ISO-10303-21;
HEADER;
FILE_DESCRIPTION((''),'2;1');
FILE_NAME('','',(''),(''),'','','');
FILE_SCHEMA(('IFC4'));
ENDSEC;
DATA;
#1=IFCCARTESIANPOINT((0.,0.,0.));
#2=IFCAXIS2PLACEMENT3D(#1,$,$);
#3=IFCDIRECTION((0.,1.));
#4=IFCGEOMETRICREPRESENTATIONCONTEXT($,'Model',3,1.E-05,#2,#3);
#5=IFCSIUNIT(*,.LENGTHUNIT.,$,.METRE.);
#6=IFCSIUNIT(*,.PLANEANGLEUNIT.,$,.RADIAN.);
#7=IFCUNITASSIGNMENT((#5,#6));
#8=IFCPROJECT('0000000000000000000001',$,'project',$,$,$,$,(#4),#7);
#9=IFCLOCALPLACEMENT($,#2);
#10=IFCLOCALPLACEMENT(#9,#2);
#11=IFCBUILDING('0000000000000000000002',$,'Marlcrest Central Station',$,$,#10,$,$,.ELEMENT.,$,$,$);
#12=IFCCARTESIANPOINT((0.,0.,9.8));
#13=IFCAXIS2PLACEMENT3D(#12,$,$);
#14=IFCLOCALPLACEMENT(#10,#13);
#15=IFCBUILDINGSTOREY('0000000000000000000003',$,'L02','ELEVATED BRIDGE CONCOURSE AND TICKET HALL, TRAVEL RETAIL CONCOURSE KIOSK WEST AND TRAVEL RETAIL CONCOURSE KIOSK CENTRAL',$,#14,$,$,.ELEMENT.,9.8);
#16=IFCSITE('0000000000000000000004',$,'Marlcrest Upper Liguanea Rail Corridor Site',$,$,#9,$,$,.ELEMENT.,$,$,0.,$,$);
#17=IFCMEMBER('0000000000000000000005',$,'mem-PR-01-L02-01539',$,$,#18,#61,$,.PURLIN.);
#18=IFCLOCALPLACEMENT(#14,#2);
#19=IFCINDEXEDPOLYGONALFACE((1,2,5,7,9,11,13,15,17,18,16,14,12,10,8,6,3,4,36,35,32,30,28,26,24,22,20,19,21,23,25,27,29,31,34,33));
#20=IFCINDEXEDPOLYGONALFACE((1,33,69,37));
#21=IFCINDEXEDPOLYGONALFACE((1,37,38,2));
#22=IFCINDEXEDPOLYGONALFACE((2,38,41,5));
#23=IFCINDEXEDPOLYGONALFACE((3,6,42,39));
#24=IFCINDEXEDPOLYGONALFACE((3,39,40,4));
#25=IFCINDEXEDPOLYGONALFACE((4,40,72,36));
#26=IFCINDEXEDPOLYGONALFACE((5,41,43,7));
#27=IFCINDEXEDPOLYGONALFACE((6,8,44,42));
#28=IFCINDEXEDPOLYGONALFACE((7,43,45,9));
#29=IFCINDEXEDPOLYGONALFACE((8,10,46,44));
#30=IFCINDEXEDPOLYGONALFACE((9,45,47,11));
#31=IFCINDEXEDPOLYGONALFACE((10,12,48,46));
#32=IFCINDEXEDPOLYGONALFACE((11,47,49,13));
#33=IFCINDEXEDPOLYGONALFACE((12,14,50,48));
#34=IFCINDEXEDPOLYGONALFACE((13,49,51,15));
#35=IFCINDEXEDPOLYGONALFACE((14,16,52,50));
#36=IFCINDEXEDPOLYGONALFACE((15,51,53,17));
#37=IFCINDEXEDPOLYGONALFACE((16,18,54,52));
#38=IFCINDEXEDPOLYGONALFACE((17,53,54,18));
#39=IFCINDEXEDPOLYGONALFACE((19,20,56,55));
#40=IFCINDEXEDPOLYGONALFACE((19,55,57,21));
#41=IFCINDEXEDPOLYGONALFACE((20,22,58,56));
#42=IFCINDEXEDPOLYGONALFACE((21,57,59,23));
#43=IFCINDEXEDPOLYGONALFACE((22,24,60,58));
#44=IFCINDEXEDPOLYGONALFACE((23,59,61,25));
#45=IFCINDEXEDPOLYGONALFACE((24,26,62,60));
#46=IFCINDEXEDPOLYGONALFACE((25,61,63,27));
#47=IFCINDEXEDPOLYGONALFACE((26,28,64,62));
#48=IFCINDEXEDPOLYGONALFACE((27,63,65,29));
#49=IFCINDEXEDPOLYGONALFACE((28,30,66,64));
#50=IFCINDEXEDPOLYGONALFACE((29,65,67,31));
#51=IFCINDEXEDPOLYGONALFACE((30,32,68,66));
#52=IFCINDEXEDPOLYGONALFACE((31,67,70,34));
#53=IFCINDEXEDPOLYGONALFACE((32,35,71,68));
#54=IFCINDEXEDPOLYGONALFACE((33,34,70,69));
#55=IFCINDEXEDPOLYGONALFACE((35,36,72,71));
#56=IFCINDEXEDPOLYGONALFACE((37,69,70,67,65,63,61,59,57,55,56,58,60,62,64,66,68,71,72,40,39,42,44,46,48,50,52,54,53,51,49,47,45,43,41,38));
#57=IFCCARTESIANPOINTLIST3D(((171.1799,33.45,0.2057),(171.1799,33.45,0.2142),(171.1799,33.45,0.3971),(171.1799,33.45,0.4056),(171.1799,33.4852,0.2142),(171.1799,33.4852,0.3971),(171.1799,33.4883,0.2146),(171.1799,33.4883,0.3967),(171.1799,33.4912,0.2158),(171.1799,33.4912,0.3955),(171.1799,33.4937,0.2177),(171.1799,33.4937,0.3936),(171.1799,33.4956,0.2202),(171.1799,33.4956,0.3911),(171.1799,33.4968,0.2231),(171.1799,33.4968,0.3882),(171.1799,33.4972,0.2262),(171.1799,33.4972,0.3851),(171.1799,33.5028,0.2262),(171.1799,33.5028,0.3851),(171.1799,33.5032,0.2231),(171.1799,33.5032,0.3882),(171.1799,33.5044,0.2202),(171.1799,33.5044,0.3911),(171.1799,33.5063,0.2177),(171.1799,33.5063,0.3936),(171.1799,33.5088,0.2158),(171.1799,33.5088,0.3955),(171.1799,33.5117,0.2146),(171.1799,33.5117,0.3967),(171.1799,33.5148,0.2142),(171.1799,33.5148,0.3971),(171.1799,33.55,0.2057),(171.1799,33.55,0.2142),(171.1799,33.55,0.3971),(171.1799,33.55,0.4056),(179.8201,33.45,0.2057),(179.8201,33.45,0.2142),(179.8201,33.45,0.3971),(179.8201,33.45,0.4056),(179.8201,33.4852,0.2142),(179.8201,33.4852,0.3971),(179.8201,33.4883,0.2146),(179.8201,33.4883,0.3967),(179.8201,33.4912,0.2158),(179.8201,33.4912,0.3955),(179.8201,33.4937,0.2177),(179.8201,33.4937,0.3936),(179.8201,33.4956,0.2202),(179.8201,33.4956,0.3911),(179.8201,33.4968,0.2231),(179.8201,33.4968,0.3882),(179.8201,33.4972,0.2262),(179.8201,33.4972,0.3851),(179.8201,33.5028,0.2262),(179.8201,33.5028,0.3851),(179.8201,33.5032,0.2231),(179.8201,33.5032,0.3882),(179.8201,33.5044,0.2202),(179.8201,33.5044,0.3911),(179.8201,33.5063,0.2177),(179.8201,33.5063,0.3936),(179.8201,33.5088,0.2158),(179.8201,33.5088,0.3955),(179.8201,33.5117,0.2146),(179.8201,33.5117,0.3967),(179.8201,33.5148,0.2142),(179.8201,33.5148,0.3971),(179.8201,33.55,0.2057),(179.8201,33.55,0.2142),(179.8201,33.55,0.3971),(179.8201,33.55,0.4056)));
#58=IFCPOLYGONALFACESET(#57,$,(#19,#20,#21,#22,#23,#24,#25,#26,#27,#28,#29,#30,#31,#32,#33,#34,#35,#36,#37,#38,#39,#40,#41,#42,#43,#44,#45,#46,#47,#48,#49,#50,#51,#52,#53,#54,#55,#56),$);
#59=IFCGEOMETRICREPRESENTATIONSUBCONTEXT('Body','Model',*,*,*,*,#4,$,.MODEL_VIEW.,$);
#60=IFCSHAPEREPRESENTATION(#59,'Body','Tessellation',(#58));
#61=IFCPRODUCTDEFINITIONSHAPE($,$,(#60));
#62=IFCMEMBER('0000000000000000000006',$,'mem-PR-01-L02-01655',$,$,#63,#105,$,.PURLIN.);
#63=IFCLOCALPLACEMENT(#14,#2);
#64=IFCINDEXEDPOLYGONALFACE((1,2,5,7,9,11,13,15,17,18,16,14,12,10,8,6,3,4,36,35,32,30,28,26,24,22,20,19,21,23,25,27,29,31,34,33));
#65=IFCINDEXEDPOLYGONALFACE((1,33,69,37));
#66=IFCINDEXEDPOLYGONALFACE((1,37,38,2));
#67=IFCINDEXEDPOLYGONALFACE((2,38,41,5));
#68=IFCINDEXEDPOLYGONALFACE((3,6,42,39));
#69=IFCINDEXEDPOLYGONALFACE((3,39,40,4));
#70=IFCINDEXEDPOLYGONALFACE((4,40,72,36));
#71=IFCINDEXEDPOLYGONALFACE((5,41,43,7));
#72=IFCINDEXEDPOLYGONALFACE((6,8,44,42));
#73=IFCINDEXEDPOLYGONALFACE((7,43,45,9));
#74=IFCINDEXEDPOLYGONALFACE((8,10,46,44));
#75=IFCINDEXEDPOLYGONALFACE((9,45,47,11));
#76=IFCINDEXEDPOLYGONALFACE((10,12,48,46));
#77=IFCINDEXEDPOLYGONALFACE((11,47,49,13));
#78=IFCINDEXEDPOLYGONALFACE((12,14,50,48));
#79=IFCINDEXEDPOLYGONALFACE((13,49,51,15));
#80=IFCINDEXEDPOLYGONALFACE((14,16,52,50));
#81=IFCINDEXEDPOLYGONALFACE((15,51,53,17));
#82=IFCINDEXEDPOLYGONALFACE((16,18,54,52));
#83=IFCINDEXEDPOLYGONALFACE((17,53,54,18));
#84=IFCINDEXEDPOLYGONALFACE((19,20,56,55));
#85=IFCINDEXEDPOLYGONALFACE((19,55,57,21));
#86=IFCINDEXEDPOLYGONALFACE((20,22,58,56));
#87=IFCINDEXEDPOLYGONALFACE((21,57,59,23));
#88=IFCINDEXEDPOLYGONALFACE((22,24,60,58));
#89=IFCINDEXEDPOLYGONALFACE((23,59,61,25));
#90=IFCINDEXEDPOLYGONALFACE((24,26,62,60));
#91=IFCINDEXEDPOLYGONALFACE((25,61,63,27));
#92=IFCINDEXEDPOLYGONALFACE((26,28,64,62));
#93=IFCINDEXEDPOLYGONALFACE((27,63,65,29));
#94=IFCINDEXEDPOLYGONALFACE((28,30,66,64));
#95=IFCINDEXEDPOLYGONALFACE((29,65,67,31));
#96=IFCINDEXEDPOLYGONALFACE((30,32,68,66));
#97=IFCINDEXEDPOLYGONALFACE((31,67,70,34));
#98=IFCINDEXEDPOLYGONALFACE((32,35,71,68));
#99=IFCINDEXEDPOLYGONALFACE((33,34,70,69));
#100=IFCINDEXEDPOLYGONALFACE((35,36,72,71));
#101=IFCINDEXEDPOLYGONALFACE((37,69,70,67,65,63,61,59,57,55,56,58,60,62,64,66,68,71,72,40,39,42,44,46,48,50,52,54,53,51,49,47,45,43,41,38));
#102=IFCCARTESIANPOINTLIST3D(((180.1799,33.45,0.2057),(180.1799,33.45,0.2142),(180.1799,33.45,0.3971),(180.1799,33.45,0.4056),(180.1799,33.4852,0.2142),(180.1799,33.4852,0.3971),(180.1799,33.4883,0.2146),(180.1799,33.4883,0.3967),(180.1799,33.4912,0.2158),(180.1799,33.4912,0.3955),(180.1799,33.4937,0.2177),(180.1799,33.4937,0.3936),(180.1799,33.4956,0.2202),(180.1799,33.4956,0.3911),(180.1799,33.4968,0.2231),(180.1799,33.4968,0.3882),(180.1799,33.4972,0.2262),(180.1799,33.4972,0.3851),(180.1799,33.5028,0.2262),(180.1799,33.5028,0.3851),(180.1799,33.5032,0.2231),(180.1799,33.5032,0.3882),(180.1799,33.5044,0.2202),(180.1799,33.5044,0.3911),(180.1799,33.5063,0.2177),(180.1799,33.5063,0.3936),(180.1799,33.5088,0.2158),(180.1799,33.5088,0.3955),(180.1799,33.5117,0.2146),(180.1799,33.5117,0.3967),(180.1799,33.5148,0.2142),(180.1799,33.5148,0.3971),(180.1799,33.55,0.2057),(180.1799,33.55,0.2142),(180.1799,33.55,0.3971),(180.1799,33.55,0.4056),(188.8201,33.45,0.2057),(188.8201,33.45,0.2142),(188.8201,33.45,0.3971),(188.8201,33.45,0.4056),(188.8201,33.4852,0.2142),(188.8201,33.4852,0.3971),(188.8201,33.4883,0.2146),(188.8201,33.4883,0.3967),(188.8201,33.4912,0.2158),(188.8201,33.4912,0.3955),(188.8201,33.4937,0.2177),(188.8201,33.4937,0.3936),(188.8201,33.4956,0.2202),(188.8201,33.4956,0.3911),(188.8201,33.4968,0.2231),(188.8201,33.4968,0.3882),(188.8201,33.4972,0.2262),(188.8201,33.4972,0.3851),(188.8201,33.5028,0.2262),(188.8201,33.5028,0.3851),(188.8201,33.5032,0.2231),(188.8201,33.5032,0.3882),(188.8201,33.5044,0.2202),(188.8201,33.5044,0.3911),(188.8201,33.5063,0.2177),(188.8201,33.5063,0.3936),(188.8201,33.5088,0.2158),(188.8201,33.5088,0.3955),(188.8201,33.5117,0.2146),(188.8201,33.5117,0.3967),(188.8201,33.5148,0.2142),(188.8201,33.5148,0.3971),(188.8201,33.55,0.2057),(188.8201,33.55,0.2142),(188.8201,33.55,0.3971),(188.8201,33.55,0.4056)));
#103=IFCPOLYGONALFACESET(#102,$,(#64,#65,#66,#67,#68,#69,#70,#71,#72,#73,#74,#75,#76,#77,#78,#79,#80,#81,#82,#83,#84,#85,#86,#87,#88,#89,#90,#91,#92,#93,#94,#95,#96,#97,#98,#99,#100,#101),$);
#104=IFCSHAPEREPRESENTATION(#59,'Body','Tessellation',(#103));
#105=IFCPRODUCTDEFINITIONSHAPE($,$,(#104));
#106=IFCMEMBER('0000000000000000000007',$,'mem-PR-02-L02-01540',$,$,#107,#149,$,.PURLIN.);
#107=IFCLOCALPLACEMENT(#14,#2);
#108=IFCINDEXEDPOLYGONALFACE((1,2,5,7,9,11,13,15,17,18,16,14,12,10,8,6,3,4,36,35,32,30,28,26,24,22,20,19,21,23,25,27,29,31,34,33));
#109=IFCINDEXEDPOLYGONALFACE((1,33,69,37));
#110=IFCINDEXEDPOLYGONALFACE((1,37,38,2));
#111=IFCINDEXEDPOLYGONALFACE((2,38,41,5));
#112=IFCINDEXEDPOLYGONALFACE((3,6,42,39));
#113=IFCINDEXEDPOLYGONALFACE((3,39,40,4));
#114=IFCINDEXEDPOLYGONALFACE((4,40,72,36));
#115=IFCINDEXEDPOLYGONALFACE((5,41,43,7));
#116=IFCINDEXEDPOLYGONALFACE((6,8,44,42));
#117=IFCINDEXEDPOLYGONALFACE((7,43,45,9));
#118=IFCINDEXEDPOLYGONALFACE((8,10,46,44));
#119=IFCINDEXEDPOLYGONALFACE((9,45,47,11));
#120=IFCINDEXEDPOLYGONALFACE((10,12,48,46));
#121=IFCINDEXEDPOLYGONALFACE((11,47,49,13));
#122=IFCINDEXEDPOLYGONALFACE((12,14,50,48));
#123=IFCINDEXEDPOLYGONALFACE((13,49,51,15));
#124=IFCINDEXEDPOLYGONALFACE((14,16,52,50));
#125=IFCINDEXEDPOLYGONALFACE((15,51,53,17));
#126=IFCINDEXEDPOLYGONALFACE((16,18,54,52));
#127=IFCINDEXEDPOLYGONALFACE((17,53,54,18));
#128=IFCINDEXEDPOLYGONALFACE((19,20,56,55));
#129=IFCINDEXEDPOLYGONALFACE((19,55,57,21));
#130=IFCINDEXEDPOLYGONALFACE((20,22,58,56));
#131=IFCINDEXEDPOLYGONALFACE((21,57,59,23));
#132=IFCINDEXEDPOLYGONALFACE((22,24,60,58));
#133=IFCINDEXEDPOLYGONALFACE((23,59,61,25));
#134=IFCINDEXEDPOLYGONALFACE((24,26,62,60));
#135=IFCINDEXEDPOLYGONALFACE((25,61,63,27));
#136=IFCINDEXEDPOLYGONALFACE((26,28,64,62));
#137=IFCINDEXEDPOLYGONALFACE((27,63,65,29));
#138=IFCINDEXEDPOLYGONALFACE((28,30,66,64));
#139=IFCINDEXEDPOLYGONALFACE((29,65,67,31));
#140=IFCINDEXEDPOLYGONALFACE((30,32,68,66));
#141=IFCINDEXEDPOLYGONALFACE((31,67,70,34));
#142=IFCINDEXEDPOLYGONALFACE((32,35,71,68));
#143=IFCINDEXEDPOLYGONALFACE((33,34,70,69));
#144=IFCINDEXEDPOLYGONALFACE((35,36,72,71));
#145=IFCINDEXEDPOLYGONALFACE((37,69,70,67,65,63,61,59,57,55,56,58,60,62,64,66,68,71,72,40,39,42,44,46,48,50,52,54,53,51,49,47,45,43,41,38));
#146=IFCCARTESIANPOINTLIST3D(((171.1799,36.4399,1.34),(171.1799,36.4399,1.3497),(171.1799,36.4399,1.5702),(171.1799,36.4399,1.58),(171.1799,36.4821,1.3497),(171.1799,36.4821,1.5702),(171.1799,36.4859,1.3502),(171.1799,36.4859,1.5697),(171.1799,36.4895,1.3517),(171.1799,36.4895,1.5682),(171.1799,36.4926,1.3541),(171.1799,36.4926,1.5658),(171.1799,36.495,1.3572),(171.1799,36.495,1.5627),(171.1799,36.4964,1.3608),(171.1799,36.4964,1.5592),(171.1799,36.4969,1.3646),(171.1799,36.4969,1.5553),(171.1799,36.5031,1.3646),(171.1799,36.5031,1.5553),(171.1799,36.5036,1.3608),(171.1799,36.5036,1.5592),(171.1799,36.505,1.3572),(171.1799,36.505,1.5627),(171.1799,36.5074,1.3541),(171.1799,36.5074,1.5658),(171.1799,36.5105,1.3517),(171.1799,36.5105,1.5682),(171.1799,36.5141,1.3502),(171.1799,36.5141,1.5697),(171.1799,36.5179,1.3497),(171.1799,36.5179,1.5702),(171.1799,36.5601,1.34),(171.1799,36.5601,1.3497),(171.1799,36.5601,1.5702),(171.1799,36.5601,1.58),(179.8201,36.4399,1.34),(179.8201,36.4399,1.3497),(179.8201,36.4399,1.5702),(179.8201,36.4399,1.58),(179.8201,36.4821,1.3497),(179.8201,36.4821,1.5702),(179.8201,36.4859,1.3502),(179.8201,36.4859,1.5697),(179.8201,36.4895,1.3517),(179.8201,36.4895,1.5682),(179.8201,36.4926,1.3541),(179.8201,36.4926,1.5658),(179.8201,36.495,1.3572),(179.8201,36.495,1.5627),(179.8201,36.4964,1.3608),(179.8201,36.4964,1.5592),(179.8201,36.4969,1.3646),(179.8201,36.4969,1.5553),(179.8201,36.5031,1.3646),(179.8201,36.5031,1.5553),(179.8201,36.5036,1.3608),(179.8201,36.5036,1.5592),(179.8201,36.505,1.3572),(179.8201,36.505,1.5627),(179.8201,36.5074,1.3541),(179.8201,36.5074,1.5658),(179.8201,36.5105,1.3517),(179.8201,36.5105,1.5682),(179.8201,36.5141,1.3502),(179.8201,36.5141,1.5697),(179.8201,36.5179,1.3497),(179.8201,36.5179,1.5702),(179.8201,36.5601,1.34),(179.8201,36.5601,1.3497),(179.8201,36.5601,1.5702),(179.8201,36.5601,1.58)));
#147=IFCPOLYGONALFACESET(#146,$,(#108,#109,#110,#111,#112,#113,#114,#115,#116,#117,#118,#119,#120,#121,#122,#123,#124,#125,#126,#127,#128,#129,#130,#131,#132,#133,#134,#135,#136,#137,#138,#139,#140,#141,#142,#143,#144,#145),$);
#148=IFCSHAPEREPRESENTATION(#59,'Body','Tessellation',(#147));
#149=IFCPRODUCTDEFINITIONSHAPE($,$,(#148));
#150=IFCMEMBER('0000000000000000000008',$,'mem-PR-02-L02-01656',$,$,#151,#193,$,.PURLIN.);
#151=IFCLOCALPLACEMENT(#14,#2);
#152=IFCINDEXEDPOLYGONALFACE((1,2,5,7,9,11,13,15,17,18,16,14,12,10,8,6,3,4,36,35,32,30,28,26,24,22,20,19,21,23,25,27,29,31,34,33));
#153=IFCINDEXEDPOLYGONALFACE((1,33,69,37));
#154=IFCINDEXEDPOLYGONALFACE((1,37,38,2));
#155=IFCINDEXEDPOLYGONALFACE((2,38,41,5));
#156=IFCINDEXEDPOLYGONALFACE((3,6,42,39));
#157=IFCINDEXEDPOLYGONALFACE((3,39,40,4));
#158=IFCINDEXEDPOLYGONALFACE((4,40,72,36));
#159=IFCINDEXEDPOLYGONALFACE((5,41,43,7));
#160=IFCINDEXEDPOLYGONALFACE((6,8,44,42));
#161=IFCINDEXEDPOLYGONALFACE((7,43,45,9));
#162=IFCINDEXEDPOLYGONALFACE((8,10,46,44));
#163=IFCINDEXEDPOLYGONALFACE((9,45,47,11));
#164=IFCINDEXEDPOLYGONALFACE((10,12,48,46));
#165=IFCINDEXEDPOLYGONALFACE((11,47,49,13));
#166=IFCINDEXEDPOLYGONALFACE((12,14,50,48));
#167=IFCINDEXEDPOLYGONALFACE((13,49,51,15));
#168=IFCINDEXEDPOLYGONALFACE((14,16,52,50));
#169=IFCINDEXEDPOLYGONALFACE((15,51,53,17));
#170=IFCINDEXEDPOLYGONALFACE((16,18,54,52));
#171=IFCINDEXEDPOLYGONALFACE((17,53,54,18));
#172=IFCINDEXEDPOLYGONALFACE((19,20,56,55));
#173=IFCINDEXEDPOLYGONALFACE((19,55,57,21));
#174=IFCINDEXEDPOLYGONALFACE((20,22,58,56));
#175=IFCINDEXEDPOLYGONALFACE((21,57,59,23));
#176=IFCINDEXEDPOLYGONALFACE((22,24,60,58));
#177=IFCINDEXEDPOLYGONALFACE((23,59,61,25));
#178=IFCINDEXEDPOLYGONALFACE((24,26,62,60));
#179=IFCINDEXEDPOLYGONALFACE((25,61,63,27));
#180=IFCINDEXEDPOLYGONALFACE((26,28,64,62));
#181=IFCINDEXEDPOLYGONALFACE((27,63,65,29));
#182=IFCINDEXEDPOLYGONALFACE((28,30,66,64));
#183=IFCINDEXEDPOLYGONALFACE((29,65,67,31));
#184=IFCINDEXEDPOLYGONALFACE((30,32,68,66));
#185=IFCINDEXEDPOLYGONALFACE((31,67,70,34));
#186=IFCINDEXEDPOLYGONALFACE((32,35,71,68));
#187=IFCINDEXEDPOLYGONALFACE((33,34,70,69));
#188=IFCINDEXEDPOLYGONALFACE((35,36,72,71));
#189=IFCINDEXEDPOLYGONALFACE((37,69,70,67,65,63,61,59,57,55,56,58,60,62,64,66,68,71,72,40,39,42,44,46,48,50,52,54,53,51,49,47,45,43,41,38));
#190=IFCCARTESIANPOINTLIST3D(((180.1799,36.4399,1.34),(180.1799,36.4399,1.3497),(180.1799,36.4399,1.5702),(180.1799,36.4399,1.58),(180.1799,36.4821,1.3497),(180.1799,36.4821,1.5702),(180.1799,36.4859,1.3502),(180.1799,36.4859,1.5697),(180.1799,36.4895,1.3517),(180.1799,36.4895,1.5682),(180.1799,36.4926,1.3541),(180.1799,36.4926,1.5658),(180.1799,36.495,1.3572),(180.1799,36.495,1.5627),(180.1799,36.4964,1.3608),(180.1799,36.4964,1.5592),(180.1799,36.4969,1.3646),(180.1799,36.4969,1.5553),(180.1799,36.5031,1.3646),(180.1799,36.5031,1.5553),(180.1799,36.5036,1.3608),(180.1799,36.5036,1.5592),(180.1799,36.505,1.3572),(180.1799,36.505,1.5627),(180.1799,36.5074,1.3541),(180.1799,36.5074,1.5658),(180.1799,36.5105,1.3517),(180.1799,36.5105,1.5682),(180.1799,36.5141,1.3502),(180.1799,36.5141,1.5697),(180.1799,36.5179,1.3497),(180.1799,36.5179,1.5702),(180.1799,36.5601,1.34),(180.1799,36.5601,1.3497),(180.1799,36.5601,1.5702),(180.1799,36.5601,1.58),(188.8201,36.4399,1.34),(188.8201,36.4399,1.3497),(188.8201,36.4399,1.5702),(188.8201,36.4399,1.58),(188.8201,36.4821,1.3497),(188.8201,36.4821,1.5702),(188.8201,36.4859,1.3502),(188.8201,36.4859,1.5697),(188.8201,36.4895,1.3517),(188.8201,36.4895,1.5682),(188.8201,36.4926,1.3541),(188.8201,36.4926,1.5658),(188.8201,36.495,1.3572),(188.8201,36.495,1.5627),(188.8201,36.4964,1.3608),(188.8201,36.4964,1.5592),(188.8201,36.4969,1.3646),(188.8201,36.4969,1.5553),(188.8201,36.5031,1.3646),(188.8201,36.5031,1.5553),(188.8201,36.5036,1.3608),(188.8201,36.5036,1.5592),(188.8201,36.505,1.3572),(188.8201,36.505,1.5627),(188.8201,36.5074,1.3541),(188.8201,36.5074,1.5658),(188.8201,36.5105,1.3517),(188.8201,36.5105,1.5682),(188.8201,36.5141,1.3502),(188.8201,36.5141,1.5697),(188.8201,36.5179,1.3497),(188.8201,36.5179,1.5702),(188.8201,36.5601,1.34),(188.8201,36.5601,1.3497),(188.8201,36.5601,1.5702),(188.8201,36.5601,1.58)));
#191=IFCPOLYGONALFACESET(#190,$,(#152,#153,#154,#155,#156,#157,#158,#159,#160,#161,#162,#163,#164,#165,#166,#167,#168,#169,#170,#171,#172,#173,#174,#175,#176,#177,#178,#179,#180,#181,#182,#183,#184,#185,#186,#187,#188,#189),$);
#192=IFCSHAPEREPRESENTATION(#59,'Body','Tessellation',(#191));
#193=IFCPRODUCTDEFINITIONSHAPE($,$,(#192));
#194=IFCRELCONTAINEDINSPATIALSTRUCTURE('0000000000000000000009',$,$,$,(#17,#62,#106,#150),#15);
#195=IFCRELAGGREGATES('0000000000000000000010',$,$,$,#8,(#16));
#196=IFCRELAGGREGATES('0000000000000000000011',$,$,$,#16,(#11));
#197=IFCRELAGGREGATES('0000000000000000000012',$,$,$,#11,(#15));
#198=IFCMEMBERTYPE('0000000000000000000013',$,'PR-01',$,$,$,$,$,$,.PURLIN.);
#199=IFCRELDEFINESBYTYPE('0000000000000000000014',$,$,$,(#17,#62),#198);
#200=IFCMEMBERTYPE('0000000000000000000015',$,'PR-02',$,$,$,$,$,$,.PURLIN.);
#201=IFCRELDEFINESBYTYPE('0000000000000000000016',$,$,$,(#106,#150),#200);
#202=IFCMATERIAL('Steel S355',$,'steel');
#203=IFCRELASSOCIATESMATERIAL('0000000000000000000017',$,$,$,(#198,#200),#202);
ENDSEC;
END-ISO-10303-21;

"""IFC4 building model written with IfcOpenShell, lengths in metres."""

from ifc_helpers import new_model, si_unit, direction, frame, origin, origin_2d, place, context, subcontext, project, spatial, i_section, extrude, material, material_profile, profile_set, type_object, element, save


model = new_model("IFC4")

# Units and contexts
model_context = context("Model", 3, precision=1e-05, world=origin(), true_north=direction((0.0, 1.0)))
body_context = subcontext(model_context, "Body", "Model", "MODEL_VIEW")
ifc_project = project(units=[si_unit("LENGTHUNIT", "METRE"), si_unit("PLANEANGLEUNIT", "RADIAN")], contexts=[model_context])

# Site, building, storey
site_placement = place(None, origin())
site = spatial("IfcSite", under=ifc_project, at=site_placement, Name="Marlcrest Upper Liguanea Rail Corridor Site", CompositionType="ELEMENT", RefElevation=0.0)
building_placement = place(site_placement, origin())
building = spatial("IfcBuilding", under=site, at=building_placement, Name="Marlcrest Central Station", CompositionType="ELEMENT")
storey_placement = place(building_placement, frame((0.0, 0.0, 9.8)))
storey = spatial("IfcBuildingStorey", under=building, at=storey_placement, Name="L02", Description="ELEVATED BRIDGE CONCOURSE AND TICKET HALL, TRAVEL RETAIL CONCOURSE KIOSK WEST AND TRAVEL RETAIL CONCOURSE KIOSK CENTRAL", CompositionType="ELEMENT", Elevation=9.8)

# Members
ifc_material_1 = material(Name="Steel S355", Category="steel")
ifc_material_profile_1 = material_profile(ifc_material_1, i_section(OverallWidth=0.1001, OverallDepth=0.2, WebThickness=0.0056, FlangeThickness=0.0085, FilletRadius=0.012, at=origin_2d()), Name="IPE 200")
ifc_profile_set_1 = profile_set([ifc_material_profile_1], Name="Steel S355")
member_type_1 = type_object("IfcMemberType", Name="PR-01", PredefinedType="PURLIN", material=ifc_profile_set_1)
for number, where, z_axis, x_axis, name in (
    (1, (171.1799, 33.5, 0.3057), (1.0, 0.0, 0.0), (0.0, 1.0, 0.0), "mem-PR-01-L02-01539"),
    (2, (180.1799, 33.5, 0.3057), (1.0, 0.0, 0.0), (0.0, 1.0, 0.0), "mem-PR-01-L02-01655"),
):
    element("IfcMember", number, at=place(storey_placement, frame(where, z_axis=z_axis, x_axis=x_axis)), inside=storey, type_object=member_type_1, Name=name, PredefinedType="PURLIN", context=body_context, shape_type="SweptSolid", body=[
        extrude(i_section(OverallWidth=0.1001, OverallDepth=0.2, WebThickness=0.0056, FlangeThickness=0.0085, FilletRadius=0.012, at=origin_2d()), origin(), (0.0, 0.0, 1.0), 8.6401),
    ])
ifc_material_profile_2 = material_profile(ifc_material_1, i_section(OverallWidth=0.1201, OverallDepth=0.24, WebThickness=0.0061, FlangeThickness=0.0098, FilletRadius=0.0149, at=origin_2d()), Name="IPE 240")
ifc_profile_set_2 = profile_set([ifc_material_profile_2], Name="Steel S355")
member_type_2 = type_object("IfcMemberType", Name="PR-02", PredefinedType="PURLIN", material=ifc_profile_set_2)
for number, where, z_axis, x_axis, name in (
    (3, (171.1799, 36.5, 1.46), (1.0, 0.0, 0.0), (0.0, 1.0, 0.0), "mem-PR-02-L02-01540"),
    (4, (180.1799, 36.5, 1.46), (1.0, 0.0, 0.0), (0.0, 1.0, 0.0), "mem-PR-02-L02-01656"),
):
    element("IfcMember", number, at=place(storey_placement, frame(where, z_axis=z_axis, x_axis=x_axis)), inside=storey, type_object=member_type_2, Name=name, PredefinedType="PURLIN", context=body_context, shape_type="SweptSolid", body=[
        extrude(i_section(OverallWidth=0.1201, OverallDepth=0.24, WebThickness=0.0061, FlangeThickness=0.0098, FilletRadius=0.0149, at=origin_2d()), origin(), (0.0, 0.0, 1.0), 8.6401),
    ])

save(model, "model.ifc")
